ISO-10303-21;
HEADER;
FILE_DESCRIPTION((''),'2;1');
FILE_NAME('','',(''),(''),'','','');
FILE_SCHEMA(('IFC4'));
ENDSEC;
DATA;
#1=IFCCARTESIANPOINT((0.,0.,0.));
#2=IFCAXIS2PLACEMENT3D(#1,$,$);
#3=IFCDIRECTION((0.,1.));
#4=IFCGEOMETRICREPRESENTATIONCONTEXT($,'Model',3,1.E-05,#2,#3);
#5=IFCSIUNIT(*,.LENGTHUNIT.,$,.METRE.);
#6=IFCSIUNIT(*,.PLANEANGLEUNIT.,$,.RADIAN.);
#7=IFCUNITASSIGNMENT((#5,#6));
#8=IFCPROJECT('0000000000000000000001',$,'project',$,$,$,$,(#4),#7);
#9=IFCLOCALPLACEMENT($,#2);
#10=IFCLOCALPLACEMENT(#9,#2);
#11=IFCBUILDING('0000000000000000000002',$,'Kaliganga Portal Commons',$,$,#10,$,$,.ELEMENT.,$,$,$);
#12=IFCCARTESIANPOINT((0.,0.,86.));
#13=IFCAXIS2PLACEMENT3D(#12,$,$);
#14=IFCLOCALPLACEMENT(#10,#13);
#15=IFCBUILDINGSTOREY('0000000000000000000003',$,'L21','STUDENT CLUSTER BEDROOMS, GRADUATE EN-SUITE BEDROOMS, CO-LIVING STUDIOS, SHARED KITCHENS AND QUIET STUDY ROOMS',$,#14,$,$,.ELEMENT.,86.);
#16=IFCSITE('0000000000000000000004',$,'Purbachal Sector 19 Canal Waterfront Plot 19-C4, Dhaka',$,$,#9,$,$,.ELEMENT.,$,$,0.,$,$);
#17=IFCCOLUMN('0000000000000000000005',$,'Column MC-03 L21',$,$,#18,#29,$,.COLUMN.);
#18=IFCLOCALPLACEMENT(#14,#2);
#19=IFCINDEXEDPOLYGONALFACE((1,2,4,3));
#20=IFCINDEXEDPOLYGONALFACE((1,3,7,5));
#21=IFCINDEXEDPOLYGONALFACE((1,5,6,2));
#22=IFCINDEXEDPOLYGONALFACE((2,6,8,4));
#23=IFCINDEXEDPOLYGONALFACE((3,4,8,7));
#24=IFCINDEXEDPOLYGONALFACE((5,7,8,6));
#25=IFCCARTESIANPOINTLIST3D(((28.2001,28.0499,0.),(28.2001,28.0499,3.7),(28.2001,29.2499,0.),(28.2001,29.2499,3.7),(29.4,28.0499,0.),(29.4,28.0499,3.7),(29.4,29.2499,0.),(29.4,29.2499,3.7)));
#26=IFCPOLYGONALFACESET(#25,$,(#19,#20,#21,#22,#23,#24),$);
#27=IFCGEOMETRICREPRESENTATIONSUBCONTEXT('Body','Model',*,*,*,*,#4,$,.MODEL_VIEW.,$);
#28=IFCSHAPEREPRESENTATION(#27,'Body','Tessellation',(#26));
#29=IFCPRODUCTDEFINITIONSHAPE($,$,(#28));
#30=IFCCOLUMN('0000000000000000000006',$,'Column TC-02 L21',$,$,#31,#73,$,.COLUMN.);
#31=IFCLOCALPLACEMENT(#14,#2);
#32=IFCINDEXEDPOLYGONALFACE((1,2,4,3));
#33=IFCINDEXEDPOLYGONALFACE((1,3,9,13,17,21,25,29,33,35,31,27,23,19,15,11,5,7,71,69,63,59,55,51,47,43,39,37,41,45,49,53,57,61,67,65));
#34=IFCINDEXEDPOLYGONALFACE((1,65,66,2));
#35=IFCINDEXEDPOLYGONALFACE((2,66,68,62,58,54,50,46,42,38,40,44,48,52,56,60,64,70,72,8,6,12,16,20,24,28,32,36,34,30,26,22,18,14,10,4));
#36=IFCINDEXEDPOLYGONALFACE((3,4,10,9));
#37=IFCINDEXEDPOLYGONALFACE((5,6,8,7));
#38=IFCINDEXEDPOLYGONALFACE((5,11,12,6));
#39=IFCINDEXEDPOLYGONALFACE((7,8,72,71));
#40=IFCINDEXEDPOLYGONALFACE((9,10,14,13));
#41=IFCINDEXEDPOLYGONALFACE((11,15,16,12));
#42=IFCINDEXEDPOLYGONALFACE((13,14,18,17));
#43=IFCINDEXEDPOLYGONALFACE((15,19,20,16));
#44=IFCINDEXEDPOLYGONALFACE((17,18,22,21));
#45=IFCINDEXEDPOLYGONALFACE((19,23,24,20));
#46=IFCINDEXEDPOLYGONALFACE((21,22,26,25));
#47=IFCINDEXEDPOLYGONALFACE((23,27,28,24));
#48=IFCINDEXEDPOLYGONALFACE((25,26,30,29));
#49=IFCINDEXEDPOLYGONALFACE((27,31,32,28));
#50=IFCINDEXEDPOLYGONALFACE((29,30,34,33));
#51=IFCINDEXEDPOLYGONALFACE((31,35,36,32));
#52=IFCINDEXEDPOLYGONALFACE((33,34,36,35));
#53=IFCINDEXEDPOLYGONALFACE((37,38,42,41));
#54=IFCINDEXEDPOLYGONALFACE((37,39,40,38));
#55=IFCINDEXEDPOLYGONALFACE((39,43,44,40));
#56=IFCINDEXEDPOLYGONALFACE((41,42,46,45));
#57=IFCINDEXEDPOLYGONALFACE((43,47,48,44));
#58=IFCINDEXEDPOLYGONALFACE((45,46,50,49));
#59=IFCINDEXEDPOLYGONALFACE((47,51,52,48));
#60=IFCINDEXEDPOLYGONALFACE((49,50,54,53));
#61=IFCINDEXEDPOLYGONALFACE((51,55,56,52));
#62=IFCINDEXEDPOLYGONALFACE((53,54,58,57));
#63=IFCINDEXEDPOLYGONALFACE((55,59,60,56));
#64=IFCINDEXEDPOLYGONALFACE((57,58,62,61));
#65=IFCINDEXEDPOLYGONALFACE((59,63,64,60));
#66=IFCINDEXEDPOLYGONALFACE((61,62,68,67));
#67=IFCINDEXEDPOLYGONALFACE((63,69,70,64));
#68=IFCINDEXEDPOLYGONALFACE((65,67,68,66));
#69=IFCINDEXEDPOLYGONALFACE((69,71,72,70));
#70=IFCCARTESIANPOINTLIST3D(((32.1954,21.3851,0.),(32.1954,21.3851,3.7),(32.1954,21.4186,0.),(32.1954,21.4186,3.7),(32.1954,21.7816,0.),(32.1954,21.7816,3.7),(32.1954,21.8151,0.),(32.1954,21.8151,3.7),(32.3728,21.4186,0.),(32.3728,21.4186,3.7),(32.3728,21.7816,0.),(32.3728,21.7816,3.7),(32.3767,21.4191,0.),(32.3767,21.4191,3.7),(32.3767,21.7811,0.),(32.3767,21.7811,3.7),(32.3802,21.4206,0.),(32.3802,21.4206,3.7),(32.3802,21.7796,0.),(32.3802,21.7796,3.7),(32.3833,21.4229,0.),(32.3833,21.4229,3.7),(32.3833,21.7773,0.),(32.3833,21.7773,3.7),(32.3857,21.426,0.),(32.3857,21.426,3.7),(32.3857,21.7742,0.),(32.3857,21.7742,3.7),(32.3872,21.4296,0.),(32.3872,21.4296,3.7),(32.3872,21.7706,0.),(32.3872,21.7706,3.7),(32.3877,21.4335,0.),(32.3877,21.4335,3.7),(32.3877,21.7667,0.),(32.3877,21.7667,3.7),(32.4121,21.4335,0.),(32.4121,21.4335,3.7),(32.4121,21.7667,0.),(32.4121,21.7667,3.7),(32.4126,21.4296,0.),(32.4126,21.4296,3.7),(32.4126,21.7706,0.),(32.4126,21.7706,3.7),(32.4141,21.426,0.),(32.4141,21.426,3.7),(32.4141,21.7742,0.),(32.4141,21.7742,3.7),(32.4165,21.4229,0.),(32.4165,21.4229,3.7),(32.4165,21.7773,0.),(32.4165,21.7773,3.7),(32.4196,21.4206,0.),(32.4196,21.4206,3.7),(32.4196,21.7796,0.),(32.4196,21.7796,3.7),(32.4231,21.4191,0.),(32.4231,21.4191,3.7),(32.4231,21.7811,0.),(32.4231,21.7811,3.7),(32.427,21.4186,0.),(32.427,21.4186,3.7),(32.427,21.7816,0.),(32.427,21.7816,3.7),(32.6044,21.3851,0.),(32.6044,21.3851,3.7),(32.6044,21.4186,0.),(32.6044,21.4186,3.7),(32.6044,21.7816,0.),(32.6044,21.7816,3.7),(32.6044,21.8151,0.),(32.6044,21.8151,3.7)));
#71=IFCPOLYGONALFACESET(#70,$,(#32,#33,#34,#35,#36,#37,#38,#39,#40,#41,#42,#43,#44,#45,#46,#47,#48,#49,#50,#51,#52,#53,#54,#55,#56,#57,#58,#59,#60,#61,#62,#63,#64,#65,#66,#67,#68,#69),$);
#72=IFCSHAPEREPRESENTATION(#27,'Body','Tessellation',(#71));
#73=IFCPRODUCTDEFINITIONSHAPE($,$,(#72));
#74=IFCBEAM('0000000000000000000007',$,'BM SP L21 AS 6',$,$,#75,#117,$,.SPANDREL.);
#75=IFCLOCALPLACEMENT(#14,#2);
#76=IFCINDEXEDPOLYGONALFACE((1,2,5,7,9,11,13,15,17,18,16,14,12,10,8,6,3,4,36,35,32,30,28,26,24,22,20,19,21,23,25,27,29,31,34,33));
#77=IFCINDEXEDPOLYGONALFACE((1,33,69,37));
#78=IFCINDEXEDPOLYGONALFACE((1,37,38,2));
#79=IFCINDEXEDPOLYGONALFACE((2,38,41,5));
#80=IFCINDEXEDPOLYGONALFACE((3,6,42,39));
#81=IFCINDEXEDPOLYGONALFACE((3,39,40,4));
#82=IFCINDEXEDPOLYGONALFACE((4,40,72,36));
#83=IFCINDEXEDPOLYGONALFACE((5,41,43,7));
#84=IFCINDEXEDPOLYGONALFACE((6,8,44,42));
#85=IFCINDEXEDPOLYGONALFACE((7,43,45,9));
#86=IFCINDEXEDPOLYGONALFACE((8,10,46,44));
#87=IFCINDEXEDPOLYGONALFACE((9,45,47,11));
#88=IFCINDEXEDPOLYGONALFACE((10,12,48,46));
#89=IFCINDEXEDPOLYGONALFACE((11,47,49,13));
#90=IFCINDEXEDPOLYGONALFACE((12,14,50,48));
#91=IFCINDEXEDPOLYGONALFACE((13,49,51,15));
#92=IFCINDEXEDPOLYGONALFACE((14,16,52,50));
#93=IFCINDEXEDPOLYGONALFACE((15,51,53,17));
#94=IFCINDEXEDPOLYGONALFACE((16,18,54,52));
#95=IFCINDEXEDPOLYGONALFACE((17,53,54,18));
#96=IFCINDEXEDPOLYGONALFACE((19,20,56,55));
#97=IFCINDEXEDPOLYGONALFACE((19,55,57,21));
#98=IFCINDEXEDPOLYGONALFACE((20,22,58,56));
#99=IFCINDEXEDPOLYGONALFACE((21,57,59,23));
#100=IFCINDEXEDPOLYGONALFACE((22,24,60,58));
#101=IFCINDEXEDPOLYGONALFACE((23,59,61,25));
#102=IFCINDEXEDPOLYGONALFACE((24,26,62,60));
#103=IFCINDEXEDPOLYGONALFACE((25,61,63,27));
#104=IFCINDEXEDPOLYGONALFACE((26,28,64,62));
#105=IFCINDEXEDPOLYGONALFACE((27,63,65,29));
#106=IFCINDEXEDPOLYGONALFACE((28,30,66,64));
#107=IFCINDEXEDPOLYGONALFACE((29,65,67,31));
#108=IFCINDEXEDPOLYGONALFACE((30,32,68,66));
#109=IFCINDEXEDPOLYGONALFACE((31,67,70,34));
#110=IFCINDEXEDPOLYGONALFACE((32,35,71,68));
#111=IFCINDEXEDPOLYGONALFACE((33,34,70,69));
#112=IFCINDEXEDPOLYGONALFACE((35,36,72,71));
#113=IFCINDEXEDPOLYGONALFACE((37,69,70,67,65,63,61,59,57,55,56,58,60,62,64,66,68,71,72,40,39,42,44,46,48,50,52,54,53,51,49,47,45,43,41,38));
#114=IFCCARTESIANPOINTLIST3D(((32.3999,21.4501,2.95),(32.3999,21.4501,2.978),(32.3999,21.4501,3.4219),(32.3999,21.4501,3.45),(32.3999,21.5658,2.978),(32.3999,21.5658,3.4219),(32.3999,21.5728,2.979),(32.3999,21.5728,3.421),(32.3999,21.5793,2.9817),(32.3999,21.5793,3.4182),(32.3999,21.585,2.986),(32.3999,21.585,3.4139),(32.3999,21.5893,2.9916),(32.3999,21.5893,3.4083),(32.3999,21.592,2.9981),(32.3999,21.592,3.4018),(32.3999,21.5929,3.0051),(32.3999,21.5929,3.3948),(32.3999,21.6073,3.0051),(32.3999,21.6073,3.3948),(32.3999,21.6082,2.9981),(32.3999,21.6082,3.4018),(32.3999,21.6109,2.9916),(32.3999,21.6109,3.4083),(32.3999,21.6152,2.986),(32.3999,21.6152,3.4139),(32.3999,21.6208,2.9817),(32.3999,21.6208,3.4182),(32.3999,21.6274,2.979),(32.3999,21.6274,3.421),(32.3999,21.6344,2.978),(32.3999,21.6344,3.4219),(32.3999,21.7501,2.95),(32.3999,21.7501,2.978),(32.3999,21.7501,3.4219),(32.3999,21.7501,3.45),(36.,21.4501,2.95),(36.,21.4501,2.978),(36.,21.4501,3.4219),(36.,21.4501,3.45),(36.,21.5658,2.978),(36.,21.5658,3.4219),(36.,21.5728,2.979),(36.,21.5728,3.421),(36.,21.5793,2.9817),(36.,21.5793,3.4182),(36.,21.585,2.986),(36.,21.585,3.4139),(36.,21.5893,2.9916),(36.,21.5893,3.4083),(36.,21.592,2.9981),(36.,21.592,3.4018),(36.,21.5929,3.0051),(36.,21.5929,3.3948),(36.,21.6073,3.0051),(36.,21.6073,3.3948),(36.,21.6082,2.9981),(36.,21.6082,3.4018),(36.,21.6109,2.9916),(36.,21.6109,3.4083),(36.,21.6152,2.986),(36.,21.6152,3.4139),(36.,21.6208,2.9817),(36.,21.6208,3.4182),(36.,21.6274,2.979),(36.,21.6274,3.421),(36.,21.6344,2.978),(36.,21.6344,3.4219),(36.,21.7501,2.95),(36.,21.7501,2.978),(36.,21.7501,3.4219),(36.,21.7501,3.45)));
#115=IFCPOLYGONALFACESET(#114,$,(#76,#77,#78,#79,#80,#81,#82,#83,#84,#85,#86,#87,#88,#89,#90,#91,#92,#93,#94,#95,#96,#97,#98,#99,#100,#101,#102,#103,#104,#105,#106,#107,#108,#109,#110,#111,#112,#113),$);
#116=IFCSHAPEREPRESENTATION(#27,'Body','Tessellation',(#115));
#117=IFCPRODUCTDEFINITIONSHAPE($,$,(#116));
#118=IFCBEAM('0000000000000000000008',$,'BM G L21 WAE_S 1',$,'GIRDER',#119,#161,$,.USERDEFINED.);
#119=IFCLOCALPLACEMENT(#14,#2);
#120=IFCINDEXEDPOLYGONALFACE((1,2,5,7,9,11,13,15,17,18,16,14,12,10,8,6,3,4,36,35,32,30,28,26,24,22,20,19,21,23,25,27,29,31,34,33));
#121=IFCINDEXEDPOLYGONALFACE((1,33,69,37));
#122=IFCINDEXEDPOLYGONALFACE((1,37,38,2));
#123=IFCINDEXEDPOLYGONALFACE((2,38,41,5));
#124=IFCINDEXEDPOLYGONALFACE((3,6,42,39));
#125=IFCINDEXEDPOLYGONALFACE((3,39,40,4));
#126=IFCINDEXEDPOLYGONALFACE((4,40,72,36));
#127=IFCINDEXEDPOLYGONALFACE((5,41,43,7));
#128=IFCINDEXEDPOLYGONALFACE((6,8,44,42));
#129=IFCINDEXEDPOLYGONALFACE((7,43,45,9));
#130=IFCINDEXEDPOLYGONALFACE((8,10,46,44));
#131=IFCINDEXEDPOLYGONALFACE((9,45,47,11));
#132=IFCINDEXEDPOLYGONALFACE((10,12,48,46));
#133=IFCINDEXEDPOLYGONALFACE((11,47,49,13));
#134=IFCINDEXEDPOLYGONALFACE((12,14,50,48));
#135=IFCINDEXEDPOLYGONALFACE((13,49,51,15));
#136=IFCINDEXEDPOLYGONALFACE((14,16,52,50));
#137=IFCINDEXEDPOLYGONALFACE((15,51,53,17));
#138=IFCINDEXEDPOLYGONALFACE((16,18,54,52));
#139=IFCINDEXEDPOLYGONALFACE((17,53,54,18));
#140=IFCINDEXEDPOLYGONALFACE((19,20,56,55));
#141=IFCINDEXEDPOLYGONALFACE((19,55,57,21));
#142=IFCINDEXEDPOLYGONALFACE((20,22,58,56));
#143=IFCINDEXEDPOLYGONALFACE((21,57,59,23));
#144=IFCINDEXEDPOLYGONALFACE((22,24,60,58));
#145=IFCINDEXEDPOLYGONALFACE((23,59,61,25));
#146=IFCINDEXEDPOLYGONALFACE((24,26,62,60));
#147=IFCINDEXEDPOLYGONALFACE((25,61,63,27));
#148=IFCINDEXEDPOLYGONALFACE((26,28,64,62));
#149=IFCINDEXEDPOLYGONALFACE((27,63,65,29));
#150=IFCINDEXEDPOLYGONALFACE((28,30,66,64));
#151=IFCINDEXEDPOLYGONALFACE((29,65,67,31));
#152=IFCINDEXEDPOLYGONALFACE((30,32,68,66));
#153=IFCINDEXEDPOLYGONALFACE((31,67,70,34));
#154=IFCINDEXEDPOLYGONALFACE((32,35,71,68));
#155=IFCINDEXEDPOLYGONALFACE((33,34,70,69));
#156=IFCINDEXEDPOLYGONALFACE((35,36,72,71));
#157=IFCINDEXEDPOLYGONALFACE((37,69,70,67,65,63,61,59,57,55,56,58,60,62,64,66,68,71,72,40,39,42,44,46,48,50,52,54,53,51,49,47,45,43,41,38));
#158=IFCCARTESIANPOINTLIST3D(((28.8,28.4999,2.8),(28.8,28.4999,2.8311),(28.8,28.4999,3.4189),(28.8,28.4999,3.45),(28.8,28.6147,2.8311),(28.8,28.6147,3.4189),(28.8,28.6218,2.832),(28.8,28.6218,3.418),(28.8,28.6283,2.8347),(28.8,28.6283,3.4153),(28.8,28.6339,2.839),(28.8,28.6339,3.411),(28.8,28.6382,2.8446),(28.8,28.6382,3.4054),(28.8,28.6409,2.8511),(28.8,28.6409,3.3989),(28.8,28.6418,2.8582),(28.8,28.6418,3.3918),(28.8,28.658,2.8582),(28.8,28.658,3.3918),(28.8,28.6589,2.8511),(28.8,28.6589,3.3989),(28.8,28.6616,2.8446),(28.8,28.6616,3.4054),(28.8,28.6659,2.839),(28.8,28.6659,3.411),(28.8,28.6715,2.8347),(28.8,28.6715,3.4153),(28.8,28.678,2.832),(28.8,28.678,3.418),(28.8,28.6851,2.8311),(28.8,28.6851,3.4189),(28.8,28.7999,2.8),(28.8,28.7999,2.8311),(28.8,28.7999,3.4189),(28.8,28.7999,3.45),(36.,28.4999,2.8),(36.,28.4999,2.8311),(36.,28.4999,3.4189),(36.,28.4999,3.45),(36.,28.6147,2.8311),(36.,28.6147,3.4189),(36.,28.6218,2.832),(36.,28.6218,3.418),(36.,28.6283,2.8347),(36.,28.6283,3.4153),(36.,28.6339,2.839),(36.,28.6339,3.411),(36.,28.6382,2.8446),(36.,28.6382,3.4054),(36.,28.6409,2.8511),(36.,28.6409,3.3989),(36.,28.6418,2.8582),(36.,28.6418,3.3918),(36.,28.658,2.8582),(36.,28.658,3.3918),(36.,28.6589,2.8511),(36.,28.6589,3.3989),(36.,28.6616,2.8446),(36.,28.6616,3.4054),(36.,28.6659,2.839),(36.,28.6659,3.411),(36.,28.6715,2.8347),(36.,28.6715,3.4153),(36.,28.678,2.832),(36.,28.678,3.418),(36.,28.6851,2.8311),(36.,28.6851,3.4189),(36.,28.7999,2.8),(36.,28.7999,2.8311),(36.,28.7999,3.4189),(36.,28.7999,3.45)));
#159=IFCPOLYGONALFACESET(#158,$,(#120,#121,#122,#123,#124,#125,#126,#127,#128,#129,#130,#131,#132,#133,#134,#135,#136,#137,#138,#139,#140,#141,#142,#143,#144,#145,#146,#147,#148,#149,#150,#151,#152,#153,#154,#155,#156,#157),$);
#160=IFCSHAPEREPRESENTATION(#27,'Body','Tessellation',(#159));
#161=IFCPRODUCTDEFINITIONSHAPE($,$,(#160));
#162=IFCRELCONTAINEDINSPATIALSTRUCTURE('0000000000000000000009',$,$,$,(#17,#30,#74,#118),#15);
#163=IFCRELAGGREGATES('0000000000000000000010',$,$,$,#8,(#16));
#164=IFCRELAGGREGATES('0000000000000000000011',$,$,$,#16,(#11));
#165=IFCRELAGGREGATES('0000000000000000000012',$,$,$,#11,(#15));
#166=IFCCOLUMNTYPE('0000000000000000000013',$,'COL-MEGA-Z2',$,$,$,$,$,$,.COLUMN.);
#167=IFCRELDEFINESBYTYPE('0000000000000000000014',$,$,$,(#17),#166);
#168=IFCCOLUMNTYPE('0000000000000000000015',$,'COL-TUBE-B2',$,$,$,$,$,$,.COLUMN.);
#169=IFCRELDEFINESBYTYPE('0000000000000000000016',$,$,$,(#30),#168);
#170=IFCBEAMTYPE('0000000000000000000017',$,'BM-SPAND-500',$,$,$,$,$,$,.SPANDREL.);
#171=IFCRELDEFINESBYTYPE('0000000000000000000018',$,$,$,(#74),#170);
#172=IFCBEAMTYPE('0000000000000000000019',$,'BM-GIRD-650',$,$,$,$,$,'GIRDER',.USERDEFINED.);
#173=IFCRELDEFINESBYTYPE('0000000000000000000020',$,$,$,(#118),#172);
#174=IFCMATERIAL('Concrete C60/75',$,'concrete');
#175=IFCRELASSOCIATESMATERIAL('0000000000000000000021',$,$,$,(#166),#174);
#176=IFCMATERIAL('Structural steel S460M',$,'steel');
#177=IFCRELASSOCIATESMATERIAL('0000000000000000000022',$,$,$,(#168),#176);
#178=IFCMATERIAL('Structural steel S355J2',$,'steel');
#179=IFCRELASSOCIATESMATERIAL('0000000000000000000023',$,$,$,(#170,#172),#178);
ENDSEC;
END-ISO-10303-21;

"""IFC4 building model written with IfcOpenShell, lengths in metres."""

from ifc_helpers import new_model, si_unit, direction, frame, origin, origin_2d, place, context, subcontext, project, spatial, rectangle, i_section, extrude, source, transform, mapped, material, material_profile, profile_set, type_object, element, save


model = new_model("IFC4")

# Units and contexts
model_context = context("Model", 3, precision=1e-05, world=origin(), true_north=direction((0.0, 1.0)))
body_context = subcontext(model_context, "Body", "Model", "MODEL_VIEW")
ifc_project = project(units=[si_unit("LENGTHUNIT", "METRE"), si_unit("PLANEANGLEUNIT", "RADIAN")], contexts=[model_context])

# Site, building, storey
site_placement = place(None, origin())
site = spatial("IfcSite", under=ifc_project, at=site_placement, Name="Purbachal Sector 19 Canal Waterfront Plot 19-C4, Dhaka", CompositionType="ELEMENT", RefElevation=0.0)
building_placement = place(site_placement, origin())
building = spatial("IfcBuilding", under=site, at=building_placement, Name="Kaliganga Portal Commons", CompositionType="ELEMENT")
storey_placement = place(building_placement, frame((0.0, 0.0, 86.0)))
storey = spatial("IfcBuildingStorey", under=building, at=storey_placement, Name="L21", Description="STUDENT CLUSTER BEDROOMS, GRADUATE EN-SUITE BEDROOMS, CO-LIVING STUDIOS, SHARED KITCHENS AND QUIET STUDY ROOMS", CompositionType="ELEMENT", Elevation=86.0)

# Columns
ifc_material_1 = material(Name="Concrete C60/75", Category="concrete")
ifc_material_profile_1 = material_profile(ifc_material_1, rectangle(XDim=1.2, YDim=1.2, at=origin_2d()), Name="RC 1200x1200")
ifc_profile_set_1 = profile_set([ifc_material_profile_1], Name="Concrete C60/75")
column_type_1 = type_object("IfcColumnType", Name="COL-MEGA-Z2", PredefinedType="COLUMN", material=ifc_profile_set_1)
shared_shape_1 = source(origin(), body_context, "Body", "SweptSolid", [
    extrude(rectangle(XDim=1.2, YDim=1.2, at=origin_2d()), origin(), (0.0, 0.0, 1.0), 3.7),
])
column_1_placement = place(storey_placement, frame((28.8, 28.6499, 0.0), z_axis=(0.0, 0.0, 1.0), x_axis=(1.0, 0.0, 0.0)))
element("IfcColumn", 1, at=column_1_placement, inside=storey, type_object=column_type_1, Name="Column MC-03 L21", PredefinedType="COLUMN", context=body_context, shape_type="MappedRepresentation", body=[
    mapped(shared_shape_1, transform((0.0, 0.0, 0.0), x_axis=(1.0, 0.0, 0.0), y_axis=(0.0, 1.0, 0.0), z_axis=(0.0, 0.0, 1.0), scale=1.0)),
])
ifc_material_2 = material(Name="Structural steel S460M", Category="steel")
ifc_material_profile_2 = material_profile(ifc_material_2, i_section(OverallWidth=0.4089, OverallDepth=0.4299, WebThickness=0.0244, FlangeThickness=0.0334, FilletRadius=0.0149, at=origin_2d()), Name="HD 400x421")
ifc_profile_set_2 = profile_set([ifc_material_profile_2], Name="Structural steel S460M wide-flange")
column_type_2 = type_object("IfcColumnType", Name="COL-TUBE-B2", PredefinedType="COLUMN", material=ifc_profile_set_2)
shared_shape_2 = source(origin(), body_context, "Body", "SweptSolid", [
    extrude(i_section(OverallWidth=0.4089, OverallDepth=0.4299, WebThickness=0.0244, FlangeThickness=0.0334, FilletRadius=0.0149, at=origin_2d()), origin(), (0.0, 0.0, 1.0), 3.7),
])
column_2_placement = place(storey_placement, frame((32.3999, 21.6001, 0.0), z_axis=(0.0, 0.0, 1.0), x_axis=(1.0, 0.0, 0.0)))
element("IfcColumn", 2, at=column_2_placement, inside=storey, type_object=column_type_2, Name="Column TC-02 L21", PredefinedType="COLUMN", context=body_context, shape_type="MappedRepresentation", body=[
    mapped(shared_shape_2, transform((0.0, 0.0, 0.0), x_axis=(1.0, 0.0, 0.0), y_axis=(0.0, 1.0, 0.0), z_axis=(0.0, 0.0, 1.0), scale=1.0)),
])

# Beams
ifc_material_3 = material(Name="Structural steel S355J2", Category="steel")
ifc_material_profile_3 = material_profile(ifc_material_3, i_section(OverallWidth=0.3, OverallDepth=0.5, WebThickness=0.0144, FlangeThickness=0.0281, FilletRadius=0.0271, at=origin_2d()), Name="HE 500 B")
ifc_profile_set_3 = profile_set([ifc_material_profile_3], Name="Structural steel S355J2 wide-flange")
beam_type_1 = type_object("IfcBeamType", Name="BM-SPAND-500", PredefinedType="SPANDREL", material=ifc_profile_set_3)
shared_shape_3 = source(origin(), body_context, "Body", "SweptSolid", [
    extrude(i_section(OverallWidth=0.3, OverallDepth=0.5, WebThickness=0.0144, FlangeThickness=0.0281, FilletRadius=0.0271, at=origin_2d()), origin(), (0.0, 0.0, 1.0), 3.6001),
])
beam_1_placement = place(storey_placement, frame((32.3999, 21.6001, 3.2), z_axis=(1.0, 0.0, 0.0), x_axis=(0.0, 1.0, 0.0)))
element("IfcBeam", 3, at=beam_1_placement, inside=storey, type_object=beam_type_1, Name="BM SP L21 AS 6", PredefinedType="SPANDREL", context=body_context, shape_type="MappedRepresentation", body=[
    mapped(shared_shape_3, transform((0.0, 0.0, 0.0), x_axis=(1.0, 0.0, 0.0), y_axis=(0.0, 1.0, 0.0), z_axis=(0.0, 0.0, 1.0), scale=1.0)),
])
ifc_material_profile_4 = material_profile(ifc_material_3, i_section(OverallWidth=0.3, OverallDepth=0.6499, WebThickness=0.0161, FlangeThickness=0.031, FilletRadius=0.0271, at=origin_2d()), Name="HE 650 B")
ifc_profile_set_4 = profile_set([ifc_material_profile_4], Name="Structural steel S355J2 wide-flange")
beam_type_2 = type_object("IfcBeamType", Name="BM-GIRD-650", ElementType="GIRDER", PredefinedType="USERDEFINED", material=ifc_profile_set_4)
shared_shape_4 = source(origin(), body_context, "Body", "SweptSolid", [
    extrude(i_section(OverallWidth=0.3, OverallDepth=0.6499, WebThickness=0.0161, FlangeThickness=0.031, FilletRadius=0.0271, at=origin_2d()), origin(), (0.0, 0.0, 1.0), 7.2),
])
beam_2_placement = place(storey_placement, frame((28.8, 28.6499, 3.125), z_axis=(1.0, 0.0, 0.0), x_axis=(0.0, 1.0, 0.0)))
element("IfcBeam", 4, at=beam_2_placement, inside=storey, type_object=beam_type_2, Name="BM G L21 WAE_S 1", ObjectType="GIRDER", PredefinedType="USERDEFINED", context=body_context, shape_type="MappedRepresentation", body=[
    mapped(shared_shape_4, transform((0.0, 0.0, 0.0), x_axis=(1.0, 0.0, 0.0), y_axis=(0.0, 1.0, 0.0), z_axis=(0.0, 0.0, 1.0), scale=1.0)),
])

save(model, "model.ifc")
